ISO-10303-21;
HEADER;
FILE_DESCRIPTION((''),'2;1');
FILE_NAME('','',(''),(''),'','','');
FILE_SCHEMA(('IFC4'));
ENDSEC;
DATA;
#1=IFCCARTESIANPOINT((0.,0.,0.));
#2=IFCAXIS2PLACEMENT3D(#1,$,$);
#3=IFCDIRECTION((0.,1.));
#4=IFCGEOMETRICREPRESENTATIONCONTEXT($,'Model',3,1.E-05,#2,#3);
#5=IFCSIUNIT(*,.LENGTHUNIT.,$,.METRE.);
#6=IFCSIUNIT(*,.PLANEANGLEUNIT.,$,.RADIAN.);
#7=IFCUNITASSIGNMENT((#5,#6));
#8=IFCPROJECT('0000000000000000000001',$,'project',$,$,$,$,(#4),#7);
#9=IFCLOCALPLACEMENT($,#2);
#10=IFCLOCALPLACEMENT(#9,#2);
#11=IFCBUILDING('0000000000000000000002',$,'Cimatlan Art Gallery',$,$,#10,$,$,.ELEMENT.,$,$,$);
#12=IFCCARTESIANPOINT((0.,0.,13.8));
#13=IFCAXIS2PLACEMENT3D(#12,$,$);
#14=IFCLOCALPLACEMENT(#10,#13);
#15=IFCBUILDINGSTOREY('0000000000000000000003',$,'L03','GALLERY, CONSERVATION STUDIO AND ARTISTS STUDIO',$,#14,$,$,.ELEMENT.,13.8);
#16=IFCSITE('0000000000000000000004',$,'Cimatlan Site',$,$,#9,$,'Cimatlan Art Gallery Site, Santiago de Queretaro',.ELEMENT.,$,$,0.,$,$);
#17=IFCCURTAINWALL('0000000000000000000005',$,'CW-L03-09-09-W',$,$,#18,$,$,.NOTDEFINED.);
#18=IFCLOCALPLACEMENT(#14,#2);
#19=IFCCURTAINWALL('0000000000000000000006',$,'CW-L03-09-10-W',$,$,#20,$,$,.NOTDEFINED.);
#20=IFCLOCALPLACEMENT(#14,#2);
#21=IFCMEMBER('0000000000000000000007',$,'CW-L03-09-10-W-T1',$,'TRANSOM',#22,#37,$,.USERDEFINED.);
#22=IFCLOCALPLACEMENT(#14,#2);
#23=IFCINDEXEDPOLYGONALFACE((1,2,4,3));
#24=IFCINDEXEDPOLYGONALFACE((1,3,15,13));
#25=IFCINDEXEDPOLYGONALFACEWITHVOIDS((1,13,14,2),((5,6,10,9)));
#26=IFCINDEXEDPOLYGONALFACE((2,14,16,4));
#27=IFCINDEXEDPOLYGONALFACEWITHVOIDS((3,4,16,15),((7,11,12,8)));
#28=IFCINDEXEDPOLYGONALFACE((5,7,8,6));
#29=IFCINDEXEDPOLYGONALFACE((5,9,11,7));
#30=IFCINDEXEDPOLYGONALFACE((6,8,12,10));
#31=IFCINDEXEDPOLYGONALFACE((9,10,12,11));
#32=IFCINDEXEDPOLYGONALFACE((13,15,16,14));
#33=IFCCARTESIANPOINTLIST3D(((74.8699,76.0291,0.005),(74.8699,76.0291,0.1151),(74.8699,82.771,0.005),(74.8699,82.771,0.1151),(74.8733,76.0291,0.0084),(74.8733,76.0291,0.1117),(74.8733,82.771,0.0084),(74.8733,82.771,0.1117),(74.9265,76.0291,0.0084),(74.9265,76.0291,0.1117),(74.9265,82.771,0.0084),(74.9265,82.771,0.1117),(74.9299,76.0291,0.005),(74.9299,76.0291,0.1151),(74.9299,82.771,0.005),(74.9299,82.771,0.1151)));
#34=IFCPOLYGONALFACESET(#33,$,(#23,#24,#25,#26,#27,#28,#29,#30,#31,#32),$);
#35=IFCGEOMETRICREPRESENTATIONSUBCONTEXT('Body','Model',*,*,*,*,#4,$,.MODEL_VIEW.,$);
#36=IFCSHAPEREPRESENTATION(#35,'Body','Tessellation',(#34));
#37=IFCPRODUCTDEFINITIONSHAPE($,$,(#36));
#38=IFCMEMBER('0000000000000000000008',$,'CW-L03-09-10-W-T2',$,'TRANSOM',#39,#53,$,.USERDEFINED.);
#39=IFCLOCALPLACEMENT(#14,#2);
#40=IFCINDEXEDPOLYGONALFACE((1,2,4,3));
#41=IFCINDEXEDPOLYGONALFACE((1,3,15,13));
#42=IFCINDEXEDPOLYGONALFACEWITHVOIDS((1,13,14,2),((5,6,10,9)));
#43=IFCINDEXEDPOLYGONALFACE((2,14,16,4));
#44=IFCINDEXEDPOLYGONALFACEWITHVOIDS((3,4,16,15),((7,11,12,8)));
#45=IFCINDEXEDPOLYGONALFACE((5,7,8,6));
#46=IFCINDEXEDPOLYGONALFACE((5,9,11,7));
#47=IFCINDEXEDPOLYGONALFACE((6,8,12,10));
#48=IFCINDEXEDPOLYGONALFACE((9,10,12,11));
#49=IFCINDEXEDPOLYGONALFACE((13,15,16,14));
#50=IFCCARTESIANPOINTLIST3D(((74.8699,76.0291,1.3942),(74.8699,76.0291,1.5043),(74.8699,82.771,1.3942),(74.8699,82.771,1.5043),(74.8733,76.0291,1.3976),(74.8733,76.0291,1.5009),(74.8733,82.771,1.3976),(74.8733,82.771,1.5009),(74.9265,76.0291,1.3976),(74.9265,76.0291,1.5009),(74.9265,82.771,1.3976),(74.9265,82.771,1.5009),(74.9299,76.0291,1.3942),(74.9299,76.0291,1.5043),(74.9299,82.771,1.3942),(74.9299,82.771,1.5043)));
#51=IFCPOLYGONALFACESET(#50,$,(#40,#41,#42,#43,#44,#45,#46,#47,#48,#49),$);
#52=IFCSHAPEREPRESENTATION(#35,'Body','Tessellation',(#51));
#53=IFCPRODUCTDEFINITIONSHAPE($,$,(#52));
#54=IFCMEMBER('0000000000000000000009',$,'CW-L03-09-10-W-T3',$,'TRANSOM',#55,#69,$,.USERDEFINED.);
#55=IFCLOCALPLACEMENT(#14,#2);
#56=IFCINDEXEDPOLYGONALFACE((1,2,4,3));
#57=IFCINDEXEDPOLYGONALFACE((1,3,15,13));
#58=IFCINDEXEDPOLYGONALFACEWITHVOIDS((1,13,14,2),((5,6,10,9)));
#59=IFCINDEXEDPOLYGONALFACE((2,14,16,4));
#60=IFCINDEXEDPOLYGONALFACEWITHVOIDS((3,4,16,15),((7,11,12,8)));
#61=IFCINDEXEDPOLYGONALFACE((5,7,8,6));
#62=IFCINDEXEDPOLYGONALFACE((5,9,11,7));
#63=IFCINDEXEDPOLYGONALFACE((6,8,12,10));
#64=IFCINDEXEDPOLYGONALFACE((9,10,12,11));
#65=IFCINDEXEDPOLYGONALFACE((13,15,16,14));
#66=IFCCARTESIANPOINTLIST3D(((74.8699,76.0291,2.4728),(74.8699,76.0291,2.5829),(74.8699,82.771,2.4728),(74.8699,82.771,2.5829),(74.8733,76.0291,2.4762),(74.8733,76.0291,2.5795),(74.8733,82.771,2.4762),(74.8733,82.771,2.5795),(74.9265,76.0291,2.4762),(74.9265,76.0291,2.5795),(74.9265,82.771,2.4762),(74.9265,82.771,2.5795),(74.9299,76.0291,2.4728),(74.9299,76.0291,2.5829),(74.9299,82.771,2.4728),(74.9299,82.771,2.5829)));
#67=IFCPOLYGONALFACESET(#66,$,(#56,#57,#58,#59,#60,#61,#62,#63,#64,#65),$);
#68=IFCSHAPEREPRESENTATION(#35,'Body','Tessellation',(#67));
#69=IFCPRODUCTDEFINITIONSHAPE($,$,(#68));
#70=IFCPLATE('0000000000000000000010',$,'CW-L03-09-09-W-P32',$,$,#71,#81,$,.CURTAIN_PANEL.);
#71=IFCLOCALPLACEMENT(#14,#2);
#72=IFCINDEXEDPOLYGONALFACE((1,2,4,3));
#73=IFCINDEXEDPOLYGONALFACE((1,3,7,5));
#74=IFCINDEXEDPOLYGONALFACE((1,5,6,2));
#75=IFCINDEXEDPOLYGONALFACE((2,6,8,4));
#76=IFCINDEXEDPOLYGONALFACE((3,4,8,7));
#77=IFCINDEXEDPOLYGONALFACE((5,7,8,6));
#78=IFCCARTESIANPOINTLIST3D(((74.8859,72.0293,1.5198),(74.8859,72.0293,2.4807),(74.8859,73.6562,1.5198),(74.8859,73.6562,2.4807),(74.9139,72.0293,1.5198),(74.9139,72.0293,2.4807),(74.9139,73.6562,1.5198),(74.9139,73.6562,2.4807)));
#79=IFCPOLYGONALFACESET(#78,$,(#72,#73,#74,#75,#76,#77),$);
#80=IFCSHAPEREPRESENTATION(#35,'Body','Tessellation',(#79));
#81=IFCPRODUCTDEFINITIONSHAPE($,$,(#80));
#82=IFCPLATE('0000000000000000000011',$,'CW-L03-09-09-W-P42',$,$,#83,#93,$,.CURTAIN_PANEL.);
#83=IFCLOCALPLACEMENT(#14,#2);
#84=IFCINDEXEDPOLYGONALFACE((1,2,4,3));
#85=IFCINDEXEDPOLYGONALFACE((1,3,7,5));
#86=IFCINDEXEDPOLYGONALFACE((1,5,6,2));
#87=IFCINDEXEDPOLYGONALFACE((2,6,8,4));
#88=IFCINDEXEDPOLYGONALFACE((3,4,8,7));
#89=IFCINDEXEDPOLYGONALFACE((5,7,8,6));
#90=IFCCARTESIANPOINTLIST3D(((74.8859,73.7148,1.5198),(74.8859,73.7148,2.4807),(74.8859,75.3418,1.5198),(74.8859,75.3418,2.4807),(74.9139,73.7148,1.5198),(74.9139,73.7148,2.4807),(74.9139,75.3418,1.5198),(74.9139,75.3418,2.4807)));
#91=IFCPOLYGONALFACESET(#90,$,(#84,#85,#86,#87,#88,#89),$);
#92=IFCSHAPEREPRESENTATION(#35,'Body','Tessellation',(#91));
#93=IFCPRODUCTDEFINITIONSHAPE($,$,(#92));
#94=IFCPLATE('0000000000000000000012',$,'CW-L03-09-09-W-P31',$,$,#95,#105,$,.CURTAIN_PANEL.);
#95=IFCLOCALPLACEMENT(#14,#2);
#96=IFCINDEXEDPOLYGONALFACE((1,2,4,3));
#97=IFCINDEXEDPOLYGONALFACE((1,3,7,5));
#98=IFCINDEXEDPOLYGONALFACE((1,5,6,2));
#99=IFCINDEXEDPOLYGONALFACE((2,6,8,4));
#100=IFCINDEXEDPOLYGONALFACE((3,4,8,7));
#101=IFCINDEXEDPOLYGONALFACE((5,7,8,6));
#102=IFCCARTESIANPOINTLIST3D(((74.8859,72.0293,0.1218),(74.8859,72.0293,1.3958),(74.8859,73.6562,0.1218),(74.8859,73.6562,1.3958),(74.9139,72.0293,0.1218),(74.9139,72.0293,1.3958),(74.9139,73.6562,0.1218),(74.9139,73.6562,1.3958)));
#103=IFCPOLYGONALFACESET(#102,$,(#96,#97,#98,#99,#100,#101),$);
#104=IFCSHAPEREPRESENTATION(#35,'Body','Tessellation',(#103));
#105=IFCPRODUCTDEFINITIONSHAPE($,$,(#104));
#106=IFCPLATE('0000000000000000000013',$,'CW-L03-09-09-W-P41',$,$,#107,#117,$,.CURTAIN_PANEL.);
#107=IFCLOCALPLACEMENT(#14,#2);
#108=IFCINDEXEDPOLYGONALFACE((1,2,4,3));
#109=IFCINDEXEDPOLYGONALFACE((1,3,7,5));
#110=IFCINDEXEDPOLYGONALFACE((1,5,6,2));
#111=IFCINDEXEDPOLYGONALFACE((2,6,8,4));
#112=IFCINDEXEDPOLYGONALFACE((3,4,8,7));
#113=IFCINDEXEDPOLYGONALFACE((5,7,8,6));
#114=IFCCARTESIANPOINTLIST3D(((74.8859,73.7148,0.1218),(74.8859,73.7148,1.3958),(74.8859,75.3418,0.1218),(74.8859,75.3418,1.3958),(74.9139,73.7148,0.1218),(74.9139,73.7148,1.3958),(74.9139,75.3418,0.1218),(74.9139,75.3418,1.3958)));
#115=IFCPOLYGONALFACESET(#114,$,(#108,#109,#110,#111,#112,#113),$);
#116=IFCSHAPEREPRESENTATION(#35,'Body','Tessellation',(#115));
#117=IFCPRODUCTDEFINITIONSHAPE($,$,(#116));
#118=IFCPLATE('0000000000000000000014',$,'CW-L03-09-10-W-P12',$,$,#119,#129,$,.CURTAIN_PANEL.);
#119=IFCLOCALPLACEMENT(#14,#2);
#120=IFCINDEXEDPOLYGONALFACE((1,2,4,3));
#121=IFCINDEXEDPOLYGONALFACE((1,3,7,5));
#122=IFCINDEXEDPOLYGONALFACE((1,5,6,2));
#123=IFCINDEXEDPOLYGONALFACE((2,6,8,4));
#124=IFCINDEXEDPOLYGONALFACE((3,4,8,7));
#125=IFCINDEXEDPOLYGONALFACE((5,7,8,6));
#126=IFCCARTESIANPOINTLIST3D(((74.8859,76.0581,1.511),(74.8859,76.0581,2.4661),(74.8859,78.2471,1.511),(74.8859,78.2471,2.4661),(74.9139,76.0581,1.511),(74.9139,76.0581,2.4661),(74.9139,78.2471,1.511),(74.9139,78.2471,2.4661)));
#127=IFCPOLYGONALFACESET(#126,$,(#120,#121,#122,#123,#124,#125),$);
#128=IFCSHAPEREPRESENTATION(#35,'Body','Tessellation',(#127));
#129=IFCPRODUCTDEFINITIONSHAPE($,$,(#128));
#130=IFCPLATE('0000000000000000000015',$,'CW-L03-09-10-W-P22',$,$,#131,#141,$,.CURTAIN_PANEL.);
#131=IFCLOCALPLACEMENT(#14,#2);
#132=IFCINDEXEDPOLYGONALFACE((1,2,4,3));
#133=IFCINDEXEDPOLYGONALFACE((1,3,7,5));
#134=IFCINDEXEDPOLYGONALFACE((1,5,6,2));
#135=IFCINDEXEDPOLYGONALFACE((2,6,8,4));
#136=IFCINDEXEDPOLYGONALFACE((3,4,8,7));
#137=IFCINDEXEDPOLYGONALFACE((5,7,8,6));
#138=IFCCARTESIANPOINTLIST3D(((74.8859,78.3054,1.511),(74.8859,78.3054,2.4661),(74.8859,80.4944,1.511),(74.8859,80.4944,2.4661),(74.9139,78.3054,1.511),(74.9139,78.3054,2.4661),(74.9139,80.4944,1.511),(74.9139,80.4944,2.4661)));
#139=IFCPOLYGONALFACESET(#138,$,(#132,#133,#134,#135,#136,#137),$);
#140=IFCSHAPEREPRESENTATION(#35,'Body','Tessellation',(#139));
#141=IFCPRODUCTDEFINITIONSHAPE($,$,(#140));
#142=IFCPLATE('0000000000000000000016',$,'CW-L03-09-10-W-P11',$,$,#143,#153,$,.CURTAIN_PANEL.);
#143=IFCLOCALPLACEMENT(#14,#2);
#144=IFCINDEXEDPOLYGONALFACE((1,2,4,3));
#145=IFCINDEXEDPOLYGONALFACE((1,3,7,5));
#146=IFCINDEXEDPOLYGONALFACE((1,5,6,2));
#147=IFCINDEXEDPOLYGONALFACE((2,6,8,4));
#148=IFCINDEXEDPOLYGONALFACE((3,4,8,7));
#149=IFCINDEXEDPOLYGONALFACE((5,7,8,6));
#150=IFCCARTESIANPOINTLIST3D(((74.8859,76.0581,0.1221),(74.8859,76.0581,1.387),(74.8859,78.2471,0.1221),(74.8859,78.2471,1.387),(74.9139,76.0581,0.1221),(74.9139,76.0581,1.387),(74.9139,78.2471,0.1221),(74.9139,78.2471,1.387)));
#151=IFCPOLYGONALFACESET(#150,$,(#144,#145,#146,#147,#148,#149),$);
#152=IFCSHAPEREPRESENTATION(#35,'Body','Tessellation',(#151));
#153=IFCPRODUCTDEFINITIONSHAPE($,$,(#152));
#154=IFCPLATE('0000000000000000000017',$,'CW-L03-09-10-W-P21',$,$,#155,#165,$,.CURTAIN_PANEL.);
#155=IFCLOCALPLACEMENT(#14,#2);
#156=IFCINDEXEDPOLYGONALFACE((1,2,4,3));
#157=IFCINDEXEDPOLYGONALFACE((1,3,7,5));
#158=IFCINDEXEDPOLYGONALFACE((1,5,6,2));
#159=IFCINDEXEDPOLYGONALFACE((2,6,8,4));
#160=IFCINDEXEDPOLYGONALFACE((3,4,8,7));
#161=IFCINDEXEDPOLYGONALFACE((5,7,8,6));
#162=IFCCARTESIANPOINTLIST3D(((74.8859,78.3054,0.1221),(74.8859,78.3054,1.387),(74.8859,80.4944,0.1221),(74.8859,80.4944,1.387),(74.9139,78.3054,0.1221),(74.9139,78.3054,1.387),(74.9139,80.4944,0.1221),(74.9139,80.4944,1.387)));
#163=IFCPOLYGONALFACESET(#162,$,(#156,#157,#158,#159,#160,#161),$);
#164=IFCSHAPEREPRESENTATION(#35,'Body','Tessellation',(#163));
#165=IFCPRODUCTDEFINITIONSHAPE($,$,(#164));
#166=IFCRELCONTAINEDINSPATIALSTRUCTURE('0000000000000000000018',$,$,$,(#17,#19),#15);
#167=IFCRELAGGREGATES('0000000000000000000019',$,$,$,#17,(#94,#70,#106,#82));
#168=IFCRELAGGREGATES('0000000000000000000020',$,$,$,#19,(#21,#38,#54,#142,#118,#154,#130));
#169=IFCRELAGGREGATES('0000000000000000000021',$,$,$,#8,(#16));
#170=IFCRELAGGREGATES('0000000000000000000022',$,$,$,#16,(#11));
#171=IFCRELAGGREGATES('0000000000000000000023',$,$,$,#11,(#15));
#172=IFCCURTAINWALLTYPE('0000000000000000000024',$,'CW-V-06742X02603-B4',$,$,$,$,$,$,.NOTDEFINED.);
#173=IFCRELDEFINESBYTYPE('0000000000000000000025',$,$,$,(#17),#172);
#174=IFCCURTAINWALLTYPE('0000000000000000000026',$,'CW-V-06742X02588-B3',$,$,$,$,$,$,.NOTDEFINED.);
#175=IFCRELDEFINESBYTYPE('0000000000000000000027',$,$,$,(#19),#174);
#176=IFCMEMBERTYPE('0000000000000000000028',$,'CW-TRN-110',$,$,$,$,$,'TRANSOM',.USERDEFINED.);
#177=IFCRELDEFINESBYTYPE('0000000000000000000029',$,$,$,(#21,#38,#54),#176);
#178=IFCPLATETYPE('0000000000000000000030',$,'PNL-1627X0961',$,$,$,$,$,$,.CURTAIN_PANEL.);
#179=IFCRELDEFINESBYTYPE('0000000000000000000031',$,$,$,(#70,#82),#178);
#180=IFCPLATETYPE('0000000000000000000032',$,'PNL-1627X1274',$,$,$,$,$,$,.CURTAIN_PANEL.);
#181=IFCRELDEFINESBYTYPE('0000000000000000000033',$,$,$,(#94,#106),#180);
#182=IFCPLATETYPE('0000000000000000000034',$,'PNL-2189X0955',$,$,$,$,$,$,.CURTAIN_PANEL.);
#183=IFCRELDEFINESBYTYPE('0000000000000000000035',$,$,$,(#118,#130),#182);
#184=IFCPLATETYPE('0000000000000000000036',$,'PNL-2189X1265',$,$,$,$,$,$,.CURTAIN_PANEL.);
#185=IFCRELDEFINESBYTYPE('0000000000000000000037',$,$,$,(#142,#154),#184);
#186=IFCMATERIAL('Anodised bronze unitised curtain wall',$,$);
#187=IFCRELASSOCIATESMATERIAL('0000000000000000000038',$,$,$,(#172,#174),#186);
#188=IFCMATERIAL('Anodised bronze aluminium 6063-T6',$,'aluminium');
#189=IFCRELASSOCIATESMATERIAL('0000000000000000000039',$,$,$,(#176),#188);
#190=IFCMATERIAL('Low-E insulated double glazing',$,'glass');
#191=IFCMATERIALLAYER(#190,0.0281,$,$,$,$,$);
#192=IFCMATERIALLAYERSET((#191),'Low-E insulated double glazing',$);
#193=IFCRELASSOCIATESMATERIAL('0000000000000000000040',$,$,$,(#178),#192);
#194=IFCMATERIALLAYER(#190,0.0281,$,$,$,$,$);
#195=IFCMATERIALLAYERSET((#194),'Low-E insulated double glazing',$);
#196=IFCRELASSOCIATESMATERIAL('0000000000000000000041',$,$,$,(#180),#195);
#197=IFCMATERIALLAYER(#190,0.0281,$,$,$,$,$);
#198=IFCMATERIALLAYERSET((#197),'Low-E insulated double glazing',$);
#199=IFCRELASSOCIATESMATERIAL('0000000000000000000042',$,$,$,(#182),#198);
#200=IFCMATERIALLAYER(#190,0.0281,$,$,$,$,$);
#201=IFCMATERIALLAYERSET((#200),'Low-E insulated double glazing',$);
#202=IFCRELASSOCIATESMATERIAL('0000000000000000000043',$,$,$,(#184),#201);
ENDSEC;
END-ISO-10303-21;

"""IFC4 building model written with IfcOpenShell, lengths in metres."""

from ifc_helpers import new_model, si_unit, direction, frame, origin, origin_2d, place, context, subcontext, project, spatial, rectangle, hollow_rectangle, extrude, material, layer, layer_set, material_profile, profile_set, type_object, element, aggregate, save


model = new_model("IFC4")

# Units and contexts
model_context = context("Model", 3, precision=1e-05, world=origin(), true_north=direction((0.0, 1.0)))
body_context = subcontext(model_context, "Body", "Model", "MODEL_VIEW")
ifc_project = project(units=[si_unit("LENGTHUNIT", "METRE"), si_unit("PLANEANGLEUNIT", "RADIAN")], contexts=[model_context])

# Site, building, storey
site_placement = place(None, origin())
site = spatial("IfcSite", under=ifc_project, at=site_placement, Name="Cimatlan Site", LongName="Cimatlan Art Gallery Site, Santiago de Queretaro", CompositionType="ELEMENT", RefElevation=0.0)
building_placement = place(site_placement, origin())
building = spatial("IfcBuilding", under=site, at=building_placement, Name="Cimatlan Art Gallery", CompositionType="ELEMENT")
storey_placement = place(building_placement, frame((0.0, 0.0, 13.8)))
storey = spatial("IfcBuildingStorey", under=building, at=storey_placement, Name="L03", Description="GALLERY, CONSERVATION STUDIO AND ARTISTS STUDIO", CompositionType="ELEMENT", Elevation=13.8)

# Curtain walls, members
ifc_material_1 = material(Name="Anodised bronze unitised curtain wall")
curtain_wall_type_1 = type_object("IfcCurtainWallType", Name="CW-V-06742X02603-B4", PredefinedType="NOTDEFINED", material=ifc_material_1)
curtain_wall_1_placement = place(storey_placement, origin())
curtain_wall_1 = element("IfcCurtainWall", 1, at=curtain_wall_1_placement, inside=storey, type_object=curtain_wall_type_1, Name="CW-L03-09-09-W", PredefinedType="NOTDEFINED")
ifc_material_2 = material(Name="Anodised bronze aluminium 6063-T6", Category="aluminium")
curtain_wall_type_2 = type_object("IfcCurtainWallType", Name="CW-V-06742X02588-B3", PredefinedType="NOTDEFINED", material=ifc_material_1)
curtain_wall_2_placement = place(storey_placement, origin())
curtain_wall_2 = element("IfcCurtainWall", 2, at=curtain_wall_2_placement, inside=storey, type_object=curtain_wall_type_2, Name="CW-L03-09-10-W", PredefinedType="NOTDEFINED")
ifc_material_profile_1 = material_profile(ifc_material_2, hollow_rectangle(XDim=0.0601, YDim=0.1101, WallThickness=0.0034, at=origin_2d()), Name="ALU60X110X3")
ifc_profile_set_1 = profile_set([ifc_material_profile_1], Name="Anodised bronze aluminium 6063-T6")
member_type_1 = type_object("IfcMemberType", Name="CW-TRN-110", ElementType="TRANSOM", PredefinedType="USERDEFINED", material=ifc_profile_set_1)
member_1_placement = place(storey_placement, frame((74.8999, 76.0291, 0.0601), z_axis=(0.0, 1.0, 0.0), x_axis=(-1.0, 0.0, 0.0)))
member_1 = element("IfcMember", 3, at=member_1_placement, type_object=member_type_1, Name="CW-L03-09-10-W-T1", ObjectType="TRANSOM", PredefinedType="USERDEFINED", context=body_context, shape_type="SweptSolid", body=[
    extrude(hollow_rectangle(XDim=0.0601, YDim=0.1101, WallThickness=0.0034, at=origin_2d()), origin(), (0.0, 0.0, 1.0), 6.7419),
])
member_2_placement = place(storey_placement, frame((74.8999, 76.0291, 1.4492), z_axis=(0.0, 1.0, 0.0), x_axis=(-1.0, 0.0, 0.0)))
member_2 = element("IfcMember", 4, at=member_2_placement, type_object=member_type_1, Name="CW-L03-09-10-W-T2", ObjectType="TRANSOM", PredefinedType="USERDEFINED", context=body_context, shape_type="SweptSolid", body=[
    extrude(hollow_rectangle(XDim=0.0601, YDim=0.1101, WallThickness=0.0034, at=origin_2d()), origin(), (0.0, 0.0, 1.0), 6.7419),
])
member_3_placement = place(storey_placement, frame((74.8999, 76.0291, 2.5278), z_axis=(0.0, 1.0, 0.0), x_axis=(-1.0, 0.0, 0.0)))
member_3 = element("IfcMember", 5, at=member_3_placement, type_object=member_type_1, Name="CW-L03-09-10-W-T3", ObjectType="TRANSOM", PredefinedType="USERDEFINED", context=body_context, shape_type="SweptSolid", body=[
    extrude(hollow_rectangle(XDim=0.0601, YDim=0.1101, WallThickness=0.0034, at=origin_2d()), origin(), (0.0, 0.0, 1.0), 6.7419),
])

# Plates
ifc_material_3 = material(Name="Low-E insulated double glazing", Category="glass")
ifc_layer_1 = layer(ifc_material_3, 0.0281)
ifc_layer_set_1 = layer_set([ifc_layer_1], Name="Low-E insulated double glazing")
plate_type_1 = type_object("IfcPlateType", Name="PNL-1627X0961", PredefinedType="CURTAIN_PANEL", material=ifc_layer_set_1)
plate_1_placement = place(storey_placement, frame((74.8999, 72.8428, 1.5198), z_axis=(0.0, 0.0, 1.0), x_axis=(0.0, 1.0, 0.0)))
plate_1 = element("IfcPlate", 6, at=plate_1_placement, type_object=plate_type_1, Name="CW-L03-09-09-W-P32", PredefinedType="CURTAIN_PANEL", context=body_context, shape_type="SweptSolid", body=[
    extrude(rectangle(XDim=1.627, YDim=0.0281, at=origin_2d()), origin(), (0.0, 0.0, 1.0), 0.9609),
])
plate_2_placement = place(storey_placement, frame((74.8999, 74.5283, 1.5198), z_axis=(0.0, 0.0, 1.0), x_axis=(0.0, 1.0, 0.0)))
plate_2 = element("IfcPlate", 7, at=plate_2_placement, type_object=plate_type_1, Name="CW-L03-09-09-W-P42", PredefinedType="CURTAIN_PANEL", context=body_context, shape_type="SweptSolid", body=[
    extrude(rectangle(XDim=1.627, YDim=0.0281, at=origin_2d()), origin(), (0.0, 0.0, 1.0), 0.9609),
])
ifc_layer_2 = layer(ifc_material_3, 0.0281)
ifc_layer_set_2 = layer_set([ifc_layer_2], Name="Low-E insulated double glazing")
plate_type_2 = type_object("IfcPlateType", Name="PNL-1627X1274", PredefinedType="CURTAIN_PANEL", material=ifc_layer_set_2)
plate_3_placement = place(storey_placement, frame((74.8999, 72.8428, 0.1218), z_axis=(0.0, 0.0, 1.0), x_axis=(0.0, 1.0, 0.0)))
plate_3 = element("IfcPlate", 8, at=plate_3_placement, type_object=plate_type_2, Name="CW-L03-09-09-W-P31", PredefinedType="CURTAIN_PANEL", context=body_context, shape_type="SweptSolid", body=[
    extrude(rectangle(XDim=1.627, YDim=0.0281, at=origin_2d()), origin(), (0.0, 0.0, 1.0), 1.2739),
])
plate_4_placement = place(storey_placement, frame((74.8999, 74.5283, 0.1218), z_axis=(0.0, 0.0, 1.0), x_axis=(0.0, 1.0, 0.0)))
plate_4 = element("IfcPlate", 9, at=plate_4_placement, type_object=plate_type_2, Name="CW-L03-09-09-W-P41", PredefinedType="CURTAIN_PANEL", context=body_context, shape_type="SweptSolid", body=[
    extrude(rectangle(XDim=1.627, YDim=0.0281, at=origin_2d()), origin(), (0.0, 0.0, 1.0), 1.2739),
])
aggregate(curtain_wall_1, [plate_3, plate_1, plate_4, plate_2])
ifc_layer_3 = layer(ifc_material_3, 0.0281)
ifc_layer_set_3 = layer_set([ifc_layer_3], Name="Low-E insulated double glazing")
plate_type_3 = type_object("IfcPlateType", Name="PNL-2189X0955", PredefinedType="CURTAIN_PANEL", material=ifc_layer_set_3)
plate_5_placement = place(storey_placement, frame((74.8999, 77.1526, 1.511), z_axis=(0.0, 0.0, 1.0), x_axis=(0.0, 1.0, 0.0)))
plate_5 = element("IfcPlate", 10, at=plate_5_placement, type_object=plate_type_3, Name="CW-L03-09-10-W-P12", PredefinedType="CURTAIN_PANEL", context=body_context, shape_type="SweptSolid", body=[
    extrude(rectangle(XDim=2.189, YDim=0.0281, at=origin_2d()), origin(), (0.0, 0.0, 1.0), 0.9551),
])
plate_6_placement = place(storey_placement, frame((74.8999, 79.3999, 1.511), z_axis=(0.0, 0.0, 1.0), x_axis=(0.0, 1.0, 0.0)))
plate_6 = element("IfcPlate", 11, at=plate_6_placement, type_object=plate_type_3, Name="CW-L03-09-10-W-P22", PredefinedType="CURTAIN_PANEL", context=body_context, shape_type="SweptSolid", body=[
    extrude(rectangle(XDim=2.189, YDim=0.0281, at=origin_2d()), origin(), (0.0, 0.0, 1.0), 0.9551),
])
ifc_layer_4 = layer(ifc_material_3, 0.0281)
ifc_layer_set_4 = layer_set([ifc_layer_4], Name="Low-E insulated double glazing")
plate_type_4 = type_object("IfcPlateType", Name="PNL-2189X1265", PredefinedType="CURTAIN_PANEL", material=ifc_layer_set_4)
plate_7_placement = place(storey_placement, frame((74.8999, 77.1526, 0.1221), z_axis=(0.0, 0.0, 1.0), x_axis=(0.0, 1.0, 0.0)))
plate_7 = element("IfcPlate", 12, at=plate_7_placement, type_object=plate_type_4, Name="CW-L03-09-10-W-P11", PredefinedType="CURTAIN_PANEL", context=body_context, shape_type="SweptSolid", body=[
    extrude(rectangle(XDim=2.189, YDim=0.0281, at=origin_2d()), origin(), (0.0, 0.0, 1.0), 1.2649),
])
plate_8_placement = place(storey_placement, frame((74.8999, 79.3999, 0.1221), z_axis=(0.0, 0.0, 1.0), x_axis=(0.0, 1.0, 0.0)))
plate_8 = element("IfcPlate", 13, at=plate_8_placement, type_object=plate_type_4, Name="CW-L03-09-10-W-P21", PredefinedType="CURTAIN_PANEL", context=body_context, shape_type="SweptSolid", body=[
    extrude(rectangle(XDim=2.189, YDim=0.0281, at=origin_2d()), origin(), (0.0, 0.0, 1.0), 1.2649),
])
aggregate(curtain_wall_2, [member_1, member_2, member_3, plate_7, plate_5, plate_8, plate_6])

save(model, "model.ifc")
